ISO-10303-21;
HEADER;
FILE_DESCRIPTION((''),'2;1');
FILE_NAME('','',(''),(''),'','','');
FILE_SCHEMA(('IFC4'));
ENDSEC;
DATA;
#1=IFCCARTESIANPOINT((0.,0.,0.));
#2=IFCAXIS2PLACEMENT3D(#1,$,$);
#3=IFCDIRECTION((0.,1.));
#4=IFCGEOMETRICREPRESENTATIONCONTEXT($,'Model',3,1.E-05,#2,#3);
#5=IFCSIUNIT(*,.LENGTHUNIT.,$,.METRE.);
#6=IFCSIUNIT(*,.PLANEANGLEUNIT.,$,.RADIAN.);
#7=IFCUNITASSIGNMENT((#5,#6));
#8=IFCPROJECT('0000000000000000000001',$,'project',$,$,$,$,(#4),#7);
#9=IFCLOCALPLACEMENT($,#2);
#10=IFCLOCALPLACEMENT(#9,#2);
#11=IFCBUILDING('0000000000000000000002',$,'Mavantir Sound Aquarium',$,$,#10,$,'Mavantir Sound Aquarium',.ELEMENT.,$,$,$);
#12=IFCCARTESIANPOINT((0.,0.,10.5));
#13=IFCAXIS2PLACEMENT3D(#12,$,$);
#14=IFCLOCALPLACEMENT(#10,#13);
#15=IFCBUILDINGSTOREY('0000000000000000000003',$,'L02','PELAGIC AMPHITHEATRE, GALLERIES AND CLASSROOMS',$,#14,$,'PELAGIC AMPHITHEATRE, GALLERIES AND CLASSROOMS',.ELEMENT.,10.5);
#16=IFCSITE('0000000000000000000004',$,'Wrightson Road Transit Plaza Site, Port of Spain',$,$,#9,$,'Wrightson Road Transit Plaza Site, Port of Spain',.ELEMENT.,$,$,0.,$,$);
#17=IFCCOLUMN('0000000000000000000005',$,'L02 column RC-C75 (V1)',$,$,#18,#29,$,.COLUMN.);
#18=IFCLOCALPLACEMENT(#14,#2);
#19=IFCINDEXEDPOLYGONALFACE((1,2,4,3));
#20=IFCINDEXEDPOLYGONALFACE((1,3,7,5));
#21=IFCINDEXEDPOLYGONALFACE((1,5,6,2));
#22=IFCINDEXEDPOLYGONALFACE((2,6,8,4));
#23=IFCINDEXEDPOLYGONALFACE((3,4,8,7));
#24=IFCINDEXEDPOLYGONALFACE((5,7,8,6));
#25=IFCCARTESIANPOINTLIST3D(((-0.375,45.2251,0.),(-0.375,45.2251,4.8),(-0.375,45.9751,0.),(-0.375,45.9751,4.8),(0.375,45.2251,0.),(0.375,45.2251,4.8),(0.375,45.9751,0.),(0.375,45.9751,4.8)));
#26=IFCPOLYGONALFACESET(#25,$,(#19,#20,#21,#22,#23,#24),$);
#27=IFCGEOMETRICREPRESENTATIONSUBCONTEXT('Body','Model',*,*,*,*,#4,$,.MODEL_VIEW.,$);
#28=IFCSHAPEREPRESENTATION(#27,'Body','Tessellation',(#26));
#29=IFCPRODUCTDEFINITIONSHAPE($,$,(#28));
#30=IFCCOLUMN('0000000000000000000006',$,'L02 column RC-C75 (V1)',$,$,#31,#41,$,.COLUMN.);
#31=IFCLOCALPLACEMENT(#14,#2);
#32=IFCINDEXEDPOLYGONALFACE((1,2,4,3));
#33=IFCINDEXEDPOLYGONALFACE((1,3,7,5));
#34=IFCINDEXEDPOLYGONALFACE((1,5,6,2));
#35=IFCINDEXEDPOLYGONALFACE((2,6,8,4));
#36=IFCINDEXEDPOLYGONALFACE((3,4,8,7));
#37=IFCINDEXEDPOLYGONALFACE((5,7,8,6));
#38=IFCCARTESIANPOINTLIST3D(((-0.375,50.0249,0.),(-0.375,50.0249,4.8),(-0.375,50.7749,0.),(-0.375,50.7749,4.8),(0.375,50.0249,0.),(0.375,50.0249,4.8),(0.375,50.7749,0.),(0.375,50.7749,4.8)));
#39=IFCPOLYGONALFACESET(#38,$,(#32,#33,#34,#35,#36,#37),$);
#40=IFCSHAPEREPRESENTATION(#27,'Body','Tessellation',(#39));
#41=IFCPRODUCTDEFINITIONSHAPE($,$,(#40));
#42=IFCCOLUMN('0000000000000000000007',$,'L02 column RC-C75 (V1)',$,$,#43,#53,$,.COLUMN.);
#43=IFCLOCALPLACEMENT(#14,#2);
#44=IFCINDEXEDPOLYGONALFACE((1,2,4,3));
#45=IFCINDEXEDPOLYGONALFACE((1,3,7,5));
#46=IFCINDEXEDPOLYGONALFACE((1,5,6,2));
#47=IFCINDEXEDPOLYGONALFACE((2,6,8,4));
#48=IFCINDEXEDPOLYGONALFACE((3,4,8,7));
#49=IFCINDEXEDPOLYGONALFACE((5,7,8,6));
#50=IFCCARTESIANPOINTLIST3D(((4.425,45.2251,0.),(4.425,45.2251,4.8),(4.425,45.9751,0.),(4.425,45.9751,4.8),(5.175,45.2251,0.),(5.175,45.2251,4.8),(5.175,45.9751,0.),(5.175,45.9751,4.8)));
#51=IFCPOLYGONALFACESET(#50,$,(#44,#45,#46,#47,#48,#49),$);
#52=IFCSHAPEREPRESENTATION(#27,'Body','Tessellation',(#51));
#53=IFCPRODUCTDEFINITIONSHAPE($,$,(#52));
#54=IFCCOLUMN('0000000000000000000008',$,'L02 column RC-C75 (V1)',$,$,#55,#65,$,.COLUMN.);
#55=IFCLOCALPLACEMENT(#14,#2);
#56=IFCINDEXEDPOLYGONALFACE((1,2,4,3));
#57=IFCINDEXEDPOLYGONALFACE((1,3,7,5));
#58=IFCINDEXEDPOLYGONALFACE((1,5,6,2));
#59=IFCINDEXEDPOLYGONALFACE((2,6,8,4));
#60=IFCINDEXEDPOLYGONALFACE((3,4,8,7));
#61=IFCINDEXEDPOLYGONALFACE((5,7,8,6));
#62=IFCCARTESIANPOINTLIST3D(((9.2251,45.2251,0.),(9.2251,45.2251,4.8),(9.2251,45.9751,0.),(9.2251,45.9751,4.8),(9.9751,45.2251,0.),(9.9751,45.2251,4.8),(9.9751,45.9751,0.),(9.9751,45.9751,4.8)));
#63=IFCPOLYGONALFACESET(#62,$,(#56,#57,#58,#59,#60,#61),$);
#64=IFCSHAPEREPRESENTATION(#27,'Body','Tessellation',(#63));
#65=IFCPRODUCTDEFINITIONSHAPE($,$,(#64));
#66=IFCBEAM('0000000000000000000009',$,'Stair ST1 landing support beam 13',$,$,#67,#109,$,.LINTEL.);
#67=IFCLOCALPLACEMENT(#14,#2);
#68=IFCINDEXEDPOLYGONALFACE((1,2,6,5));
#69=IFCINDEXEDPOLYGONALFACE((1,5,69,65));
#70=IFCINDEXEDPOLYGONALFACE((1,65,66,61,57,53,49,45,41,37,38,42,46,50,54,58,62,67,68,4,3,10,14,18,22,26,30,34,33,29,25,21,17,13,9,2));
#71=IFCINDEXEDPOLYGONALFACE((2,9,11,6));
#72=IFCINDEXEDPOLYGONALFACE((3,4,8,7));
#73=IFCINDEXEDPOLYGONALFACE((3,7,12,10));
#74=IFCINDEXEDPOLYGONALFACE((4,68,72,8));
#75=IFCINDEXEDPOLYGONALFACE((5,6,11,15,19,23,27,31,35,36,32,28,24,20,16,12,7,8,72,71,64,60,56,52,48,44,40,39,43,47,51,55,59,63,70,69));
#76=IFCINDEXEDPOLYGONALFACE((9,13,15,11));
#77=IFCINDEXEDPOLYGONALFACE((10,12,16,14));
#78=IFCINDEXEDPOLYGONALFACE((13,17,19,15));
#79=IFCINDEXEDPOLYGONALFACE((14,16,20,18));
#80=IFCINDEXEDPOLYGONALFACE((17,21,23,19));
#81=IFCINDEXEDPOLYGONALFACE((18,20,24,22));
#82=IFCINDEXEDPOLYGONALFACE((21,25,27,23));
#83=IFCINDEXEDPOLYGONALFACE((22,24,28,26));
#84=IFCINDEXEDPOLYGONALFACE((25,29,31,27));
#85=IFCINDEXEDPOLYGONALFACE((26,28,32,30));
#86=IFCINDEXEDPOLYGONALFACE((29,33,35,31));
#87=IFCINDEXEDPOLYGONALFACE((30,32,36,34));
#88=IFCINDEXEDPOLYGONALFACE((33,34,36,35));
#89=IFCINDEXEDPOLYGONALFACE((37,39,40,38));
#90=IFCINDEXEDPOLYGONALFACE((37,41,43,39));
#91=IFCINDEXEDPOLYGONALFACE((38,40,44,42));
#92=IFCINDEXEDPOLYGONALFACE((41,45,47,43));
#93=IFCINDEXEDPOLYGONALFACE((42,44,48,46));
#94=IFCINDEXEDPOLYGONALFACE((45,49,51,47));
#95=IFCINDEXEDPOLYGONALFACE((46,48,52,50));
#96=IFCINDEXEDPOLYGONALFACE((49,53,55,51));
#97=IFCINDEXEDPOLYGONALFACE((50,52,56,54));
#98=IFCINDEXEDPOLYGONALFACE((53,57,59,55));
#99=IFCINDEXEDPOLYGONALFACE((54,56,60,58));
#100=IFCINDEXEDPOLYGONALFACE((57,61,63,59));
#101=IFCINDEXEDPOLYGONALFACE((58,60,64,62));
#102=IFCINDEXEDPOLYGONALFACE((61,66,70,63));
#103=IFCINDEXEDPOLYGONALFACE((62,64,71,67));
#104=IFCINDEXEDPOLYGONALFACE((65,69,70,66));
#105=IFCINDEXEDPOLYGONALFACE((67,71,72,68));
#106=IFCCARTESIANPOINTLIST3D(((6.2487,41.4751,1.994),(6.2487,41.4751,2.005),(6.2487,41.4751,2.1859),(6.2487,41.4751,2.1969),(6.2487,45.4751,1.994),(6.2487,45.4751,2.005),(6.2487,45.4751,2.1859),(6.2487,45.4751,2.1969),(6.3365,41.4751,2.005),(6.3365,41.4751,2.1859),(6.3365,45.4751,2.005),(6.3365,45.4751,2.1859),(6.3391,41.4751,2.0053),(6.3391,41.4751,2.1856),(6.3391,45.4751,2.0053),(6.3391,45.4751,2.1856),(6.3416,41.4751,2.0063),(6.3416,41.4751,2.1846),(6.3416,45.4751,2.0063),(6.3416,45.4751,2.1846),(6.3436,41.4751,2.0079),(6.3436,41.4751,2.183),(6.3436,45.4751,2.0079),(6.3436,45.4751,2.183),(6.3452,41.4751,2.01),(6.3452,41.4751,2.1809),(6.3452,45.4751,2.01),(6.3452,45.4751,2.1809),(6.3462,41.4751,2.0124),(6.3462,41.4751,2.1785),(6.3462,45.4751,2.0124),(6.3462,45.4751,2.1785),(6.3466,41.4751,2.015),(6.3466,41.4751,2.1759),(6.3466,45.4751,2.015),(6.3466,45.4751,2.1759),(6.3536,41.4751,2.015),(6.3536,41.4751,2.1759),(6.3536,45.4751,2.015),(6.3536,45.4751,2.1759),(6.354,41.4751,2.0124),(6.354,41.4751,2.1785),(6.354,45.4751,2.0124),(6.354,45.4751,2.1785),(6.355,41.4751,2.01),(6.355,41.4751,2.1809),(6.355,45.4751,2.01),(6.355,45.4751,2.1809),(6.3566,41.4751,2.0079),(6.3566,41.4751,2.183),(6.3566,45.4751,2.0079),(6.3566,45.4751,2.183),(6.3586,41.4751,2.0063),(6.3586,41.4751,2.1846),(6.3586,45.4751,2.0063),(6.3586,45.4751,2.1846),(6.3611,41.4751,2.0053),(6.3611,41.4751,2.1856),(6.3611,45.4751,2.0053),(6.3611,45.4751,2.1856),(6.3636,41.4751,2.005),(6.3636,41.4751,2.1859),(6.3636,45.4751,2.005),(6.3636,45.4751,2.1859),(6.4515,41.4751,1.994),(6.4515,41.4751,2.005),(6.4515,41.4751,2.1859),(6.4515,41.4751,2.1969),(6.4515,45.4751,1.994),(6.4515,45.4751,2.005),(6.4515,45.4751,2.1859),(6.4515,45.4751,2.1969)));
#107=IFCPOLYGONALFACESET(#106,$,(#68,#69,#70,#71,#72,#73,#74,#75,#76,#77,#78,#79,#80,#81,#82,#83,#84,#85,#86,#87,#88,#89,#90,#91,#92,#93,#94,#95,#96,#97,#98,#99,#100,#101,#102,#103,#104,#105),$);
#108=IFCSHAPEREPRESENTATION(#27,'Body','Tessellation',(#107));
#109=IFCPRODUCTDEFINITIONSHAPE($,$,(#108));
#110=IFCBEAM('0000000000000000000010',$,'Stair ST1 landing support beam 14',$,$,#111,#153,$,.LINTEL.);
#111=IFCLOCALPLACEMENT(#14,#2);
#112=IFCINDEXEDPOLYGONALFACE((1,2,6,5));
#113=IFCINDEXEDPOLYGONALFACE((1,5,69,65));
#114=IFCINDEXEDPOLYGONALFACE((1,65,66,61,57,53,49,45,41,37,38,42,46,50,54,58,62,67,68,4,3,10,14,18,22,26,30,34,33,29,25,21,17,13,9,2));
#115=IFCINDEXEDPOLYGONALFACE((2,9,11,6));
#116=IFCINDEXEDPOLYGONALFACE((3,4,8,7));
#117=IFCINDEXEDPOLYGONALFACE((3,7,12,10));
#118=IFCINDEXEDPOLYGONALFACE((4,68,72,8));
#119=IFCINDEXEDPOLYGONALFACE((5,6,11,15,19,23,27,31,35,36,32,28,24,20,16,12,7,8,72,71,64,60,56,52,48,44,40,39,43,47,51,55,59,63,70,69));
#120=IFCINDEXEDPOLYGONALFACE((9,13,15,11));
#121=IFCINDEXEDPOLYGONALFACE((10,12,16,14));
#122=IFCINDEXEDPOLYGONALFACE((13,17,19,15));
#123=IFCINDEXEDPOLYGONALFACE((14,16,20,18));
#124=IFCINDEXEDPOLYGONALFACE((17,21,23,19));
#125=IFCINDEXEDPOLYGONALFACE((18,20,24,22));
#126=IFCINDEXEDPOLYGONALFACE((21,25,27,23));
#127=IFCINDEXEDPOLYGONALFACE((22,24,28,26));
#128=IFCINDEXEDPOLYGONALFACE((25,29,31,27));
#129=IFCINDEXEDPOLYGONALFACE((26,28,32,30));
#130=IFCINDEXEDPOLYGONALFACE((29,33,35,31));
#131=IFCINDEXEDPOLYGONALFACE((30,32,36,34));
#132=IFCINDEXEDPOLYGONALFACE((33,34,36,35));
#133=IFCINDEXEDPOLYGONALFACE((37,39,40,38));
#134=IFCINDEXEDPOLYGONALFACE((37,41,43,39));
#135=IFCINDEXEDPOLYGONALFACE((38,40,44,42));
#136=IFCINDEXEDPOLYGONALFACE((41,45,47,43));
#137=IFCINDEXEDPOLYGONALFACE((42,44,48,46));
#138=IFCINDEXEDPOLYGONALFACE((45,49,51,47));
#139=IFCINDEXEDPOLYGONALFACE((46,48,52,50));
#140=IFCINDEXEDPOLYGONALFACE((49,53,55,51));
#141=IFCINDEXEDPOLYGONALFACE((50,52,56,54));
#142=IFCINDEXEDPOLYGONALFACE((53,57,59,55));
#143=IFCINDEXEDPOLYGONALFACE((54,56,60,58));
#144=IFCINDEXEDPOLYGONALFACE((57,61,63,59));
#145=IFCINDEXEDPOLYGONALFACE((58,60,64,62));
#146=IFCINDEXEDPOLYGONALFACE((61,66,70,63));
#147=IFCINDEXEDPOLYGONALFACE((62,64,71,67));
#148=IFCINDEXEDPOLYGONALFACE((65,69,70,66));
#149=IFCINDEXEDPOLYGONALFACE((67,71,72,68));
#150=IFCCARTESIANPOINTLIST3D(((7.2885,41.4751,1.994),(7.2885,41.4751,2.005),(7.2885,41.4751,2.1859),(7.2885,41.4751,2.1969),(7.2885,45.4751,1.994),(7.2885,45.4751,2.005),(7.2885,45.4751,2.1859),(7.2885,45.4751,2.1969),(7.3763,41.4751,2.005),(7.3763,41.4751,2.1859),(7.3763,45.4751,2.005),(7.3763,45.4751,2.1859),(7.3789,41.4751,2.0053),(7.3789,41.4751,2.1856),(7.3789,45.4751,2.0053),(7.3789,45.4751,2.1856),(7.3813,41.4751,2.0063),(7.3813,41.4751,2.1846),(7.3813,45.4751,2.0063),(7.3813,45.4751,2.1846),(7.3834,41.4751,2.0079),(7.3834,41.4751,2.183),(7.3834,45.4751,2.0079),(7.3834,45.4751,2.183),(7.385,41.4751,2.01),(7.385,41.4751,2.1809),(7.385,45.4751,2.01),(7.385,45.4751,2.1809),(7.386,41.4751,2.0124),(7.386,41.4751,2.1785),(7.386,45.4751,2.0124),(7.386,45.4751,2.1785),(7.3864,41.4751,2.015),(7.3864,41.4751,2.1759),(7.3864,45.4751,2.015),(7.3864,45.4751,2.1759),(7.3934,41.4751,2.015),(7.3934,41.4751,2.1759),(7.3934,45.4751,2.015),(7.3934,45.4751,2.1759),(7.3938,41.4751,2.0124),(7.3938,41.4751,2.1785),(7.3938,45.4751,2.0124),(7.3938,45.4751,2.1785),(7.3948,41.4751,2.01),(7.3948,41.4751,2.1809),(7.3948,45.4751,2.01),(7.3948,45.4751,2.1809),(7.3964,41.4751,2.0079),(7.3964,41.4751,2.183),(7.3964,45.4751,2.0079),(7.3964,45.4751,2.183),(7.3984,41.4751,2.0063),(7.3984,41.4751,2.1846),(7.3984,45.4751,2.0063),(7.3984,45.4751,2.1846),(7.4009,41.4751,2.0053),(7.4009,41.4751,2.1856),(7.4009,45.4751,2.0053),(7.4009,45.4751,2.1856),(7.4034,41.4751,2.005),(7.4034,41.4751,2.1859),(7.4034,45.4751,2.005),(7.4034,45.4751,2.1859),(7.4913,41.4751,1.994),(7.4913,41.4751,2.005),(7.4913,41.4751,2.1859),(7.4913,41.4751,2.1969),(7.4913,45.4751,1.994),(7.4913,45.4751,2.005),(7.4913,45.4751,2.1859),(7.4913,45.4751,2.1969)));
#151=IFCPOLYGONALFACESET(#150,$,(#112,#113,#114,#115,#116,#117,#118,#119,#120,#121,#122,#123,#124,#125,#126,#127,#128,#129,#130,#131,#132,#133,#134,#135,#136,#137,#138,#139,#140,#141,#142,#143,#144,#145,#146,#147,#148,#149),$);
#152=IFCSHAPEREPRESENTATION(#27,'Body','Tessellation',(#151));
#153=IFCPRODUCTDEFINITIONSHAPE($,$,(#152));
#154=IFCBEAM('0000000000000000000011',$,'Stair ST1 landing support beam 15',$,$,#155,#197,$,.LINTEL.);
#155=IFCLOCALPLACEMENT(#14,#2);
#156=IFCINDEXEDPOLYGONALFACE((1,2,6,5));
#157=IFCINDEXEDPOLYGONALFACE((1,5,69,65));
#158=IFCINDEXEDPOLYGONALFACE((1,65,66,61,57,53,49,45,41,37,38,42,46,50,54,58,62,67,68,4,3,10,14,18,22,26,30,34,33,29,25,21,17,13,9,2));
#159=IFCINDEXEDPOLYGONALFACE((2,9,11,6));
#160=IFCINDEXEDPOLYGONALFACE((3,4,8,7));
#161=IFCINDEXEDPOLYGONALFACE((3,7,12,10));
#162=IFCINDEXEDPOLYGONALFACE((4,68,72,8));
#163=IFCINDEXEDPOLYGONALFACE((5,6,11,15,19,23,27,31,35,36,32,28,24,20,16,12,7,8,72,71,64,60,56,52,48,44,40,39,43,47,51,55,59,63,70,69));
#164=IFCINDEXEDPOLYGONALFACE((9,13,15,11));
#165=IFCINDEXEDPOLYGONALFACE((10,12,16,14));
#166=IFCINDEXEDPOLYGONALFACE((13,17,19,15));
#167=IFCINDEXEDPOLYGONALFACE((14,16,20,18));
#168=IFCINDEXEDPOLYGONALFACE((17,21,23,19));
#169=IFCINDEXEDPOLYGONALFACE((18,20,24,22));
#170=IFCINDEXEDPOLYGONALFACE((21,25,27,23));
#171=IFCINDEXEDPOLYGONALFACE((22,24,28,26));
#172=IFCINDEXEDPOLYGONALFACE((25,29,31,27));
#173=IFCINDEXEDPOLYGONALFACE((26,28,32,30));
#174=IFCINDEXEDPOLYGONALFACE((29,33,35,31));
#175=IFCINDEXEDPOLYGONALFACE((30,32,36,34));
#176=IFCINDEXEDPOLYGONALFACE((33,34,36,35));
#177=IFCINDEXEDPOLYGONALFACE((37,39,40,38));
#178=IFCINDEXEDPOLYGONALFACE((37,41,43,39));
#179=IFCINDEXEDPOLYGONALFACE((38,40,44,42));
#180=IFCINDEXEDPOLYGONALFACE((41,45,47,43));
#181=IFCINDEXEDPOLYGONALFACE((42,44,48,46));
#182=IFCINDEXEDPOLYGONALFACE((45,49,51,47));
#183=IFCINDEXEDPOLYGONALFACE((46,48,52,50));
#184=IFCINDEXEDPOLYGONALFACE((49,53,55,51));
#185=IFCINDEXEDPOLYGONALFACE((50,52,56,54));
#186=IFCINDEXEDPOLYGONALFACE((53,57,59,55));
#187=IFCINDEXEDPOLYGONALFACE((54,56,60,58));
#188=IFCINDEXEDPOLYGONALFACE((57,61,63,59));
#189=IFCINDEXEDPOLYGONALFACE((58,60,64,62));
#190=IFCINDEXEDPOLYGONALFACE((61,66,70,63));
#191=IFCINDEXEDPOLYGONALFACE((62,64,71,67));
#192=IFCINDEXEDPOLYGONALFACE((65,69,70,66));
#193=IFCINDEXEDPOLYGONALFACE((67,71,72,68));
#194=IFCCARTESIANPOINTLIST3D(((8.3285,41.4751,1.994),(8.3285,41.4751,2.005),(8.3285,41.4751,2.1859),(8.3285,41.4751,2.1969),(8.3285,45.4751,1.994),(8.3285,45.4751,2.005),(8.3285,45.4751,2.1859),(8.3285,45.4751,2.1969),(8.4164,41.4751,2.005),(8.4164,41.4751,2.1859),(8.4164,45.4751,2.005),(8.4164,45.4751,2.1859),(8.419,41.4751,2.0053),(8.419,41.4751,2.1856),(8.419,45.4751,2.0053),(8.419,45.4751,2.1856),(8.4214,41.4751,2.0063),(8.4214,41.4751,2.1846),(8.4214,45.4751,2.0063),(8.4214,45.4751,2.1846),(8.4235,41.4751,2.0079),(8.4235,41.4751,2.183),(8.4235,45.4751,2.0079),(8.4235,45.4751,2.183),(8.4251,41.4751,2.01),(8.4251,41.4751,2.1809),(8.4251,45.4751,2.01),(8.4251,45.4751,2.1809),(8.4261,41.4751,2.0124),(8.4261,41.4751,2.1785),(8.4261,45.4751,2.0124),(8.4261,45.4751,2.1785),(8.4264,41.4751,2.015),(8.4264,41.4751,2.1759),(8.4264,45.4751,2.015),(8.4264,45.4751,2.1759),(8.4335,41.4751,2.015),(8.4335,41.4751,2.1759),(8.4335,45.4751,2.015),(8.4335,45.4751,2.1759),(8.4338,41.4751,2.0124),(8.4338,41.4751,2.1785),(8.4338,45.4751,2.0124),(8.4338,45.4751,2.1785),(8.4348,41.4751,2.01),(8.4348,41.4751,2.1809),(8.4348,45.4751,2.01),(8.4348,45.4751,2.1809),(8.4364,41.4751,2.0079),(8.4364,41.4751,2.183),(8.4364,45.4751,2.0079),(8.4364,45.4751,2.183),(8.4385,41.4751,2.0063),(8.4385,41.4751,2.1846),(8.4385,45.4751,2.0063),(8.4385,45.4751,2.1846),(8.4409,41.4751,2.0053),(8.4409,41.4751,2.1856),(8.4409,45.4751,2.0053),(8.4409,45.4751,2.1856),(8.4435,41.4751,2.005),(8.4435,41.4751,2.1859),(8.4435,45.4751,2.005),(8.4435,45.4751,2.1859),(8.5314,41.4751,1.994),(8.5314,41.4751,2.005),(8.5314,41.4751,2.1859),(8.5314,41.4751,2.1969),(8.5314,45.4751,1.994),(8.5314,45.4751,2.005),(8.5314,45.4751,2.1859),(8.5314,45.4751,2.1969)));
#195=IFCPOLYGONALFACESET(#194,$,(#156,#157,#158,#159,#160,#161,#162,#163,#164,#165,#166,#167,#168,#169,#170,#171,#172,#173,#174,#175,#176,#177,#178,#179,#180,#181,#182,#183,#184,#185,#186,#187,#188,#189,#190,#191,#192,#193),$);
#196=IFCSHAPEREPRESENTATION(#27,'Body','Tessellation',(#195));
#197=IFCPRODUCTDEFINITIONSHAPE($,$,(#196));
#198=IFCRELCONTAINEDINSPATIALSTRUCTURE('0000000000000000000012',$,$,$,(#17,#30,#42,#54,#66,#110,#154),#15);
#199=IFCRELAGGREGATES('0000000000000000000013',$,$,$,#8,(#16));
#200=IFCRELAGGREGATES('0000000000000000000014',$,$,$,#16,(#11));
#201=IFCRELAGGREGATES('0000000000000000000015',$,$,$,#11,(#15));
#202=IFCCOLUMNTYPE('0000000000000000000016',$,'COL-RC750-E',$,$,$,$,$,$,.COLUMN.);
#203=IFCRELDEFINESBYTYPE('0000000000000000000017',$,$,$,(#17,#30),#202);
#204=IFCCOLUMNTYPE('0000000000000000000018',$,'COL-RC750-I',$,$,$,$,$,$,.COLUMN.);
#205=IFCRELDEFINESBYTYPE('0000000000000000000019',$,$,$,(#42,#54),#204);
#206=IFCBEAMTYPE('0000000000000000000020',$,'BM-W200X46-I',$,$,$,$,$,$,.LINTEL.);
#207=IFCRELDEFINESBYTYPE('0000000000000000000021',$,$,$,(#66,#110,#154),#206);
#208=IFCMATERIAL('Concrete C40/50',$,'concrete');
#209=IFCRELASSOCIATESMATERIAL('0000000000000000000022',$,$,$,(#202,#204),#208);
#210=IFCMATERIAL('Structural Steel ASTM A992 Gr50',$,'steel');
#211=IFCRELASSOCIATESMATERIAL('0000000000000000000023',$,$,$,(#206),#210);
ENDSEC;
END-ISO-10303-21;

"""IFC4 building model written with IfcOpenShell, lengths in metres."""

from ifc_helpers import new_model, si_unit, direction, frame, origin, origin_2d, place, context, subcontext, project, spatial, rectangle, i_section, extrude, material, material_profile, profile_set, type_object, element, save


model = new_model("IFC4")

# Units and contexts
model_context = context("Model", 3, precision=1e-05, world=origin(), true_north=direction((0.0, 1.0)))
body_context = subcontext(model_context, "Body", "Model", "MODEL_VIEW")
ifc_project = project(units=[si_unit("LENGTHUNIT", "METRE"), si_unit("PLANEANGLEUNIT", "RADIAN")], contexts=[model_context])

# Site, building, storey
site_placement = place(None, origin())
site = spatial("IfcSite", under=ifc_project, at=site_placement, Name="Wrightson Road Transit Plaza Site, Port of Spain", LongName="Wrightson Road Transit Plaza Site, Port of Spain", CompositionType="ELEMENT", RefElevation=0.0)
building_placement = place(site_placement, origin())
building = spatial("IfcBuilding", under=site, at=building_placement, Name="Mavantir Sound Aquarium", LongName="Mavantir Sound Aquarium", CompositionType="ELEMENT")
storey_placement = place(building_placement, frame((0.0, 0.0, 10.5)))
storey = spatial("IfcBuildingStorey", under=building, at=storey_placement, Name="L02", Description="PELAGIC AMPHITHEATRE, GALLERIES AND CLASSROOMS", LongName="PELAGIC AMPHITHEATRE, GALLERIES AND CLASSROOMS", CompositionType="ELEMENT", Elevation=10.5)

# Columns
ifc_material_1 = material(Name="Concrete C40/50", Category="concrete")
ifc_material_profile_1 = material_profile(ifc_material_1, rectangle(XDim=0.75, YDim=0.75, at=origin_2d()), Name="RC 750X750")
ifc_profile_set_1 = profile_set([ifc_material_profile_1], Name="Concrete C40/50")
column_type_1 = type_object("IfcColumnType", Name="COL-RC750-E", PredefinedType="COLUMN", material=ifc_profile_set_1)
for number, where, z_axis, x_axis, name in (
    (1, (0.0, 45.6001, 0.0), (0.0, 0.0, 1.0), (1.0, 0.0, 0.0), "L02 column RC-C75 (V1)"),
    (2, (0.0, 50.3999, 0.0), (0.0, 0.0, 1.0), (1.0, 0.0, 0.0), "L02 column RC-C75 (V1)"),
):
    element("IfcColumn", number, at=place(storey_placement, frame(where, z_axis=z_axis, x_axis=x_axis)), inside=storey, type_object=column_type_1, Name=name, PredefinedType="COLUMN", context=body_context, shape_type="SweptSolid", body=[
        extrude(rectangle(XDim=0.75, YDim=0.75, at=origin_2d()), origin(), (0.0, 0.0, 1.0), 4.8),
    ])
ifc_material_profile_2 = material_profile(ifc_material_1, rectangle(XDim=0.75, YDim=0.75, at=origin_2d()), Name="RC 750X750")
ifc_profile_set_2 = profile_set([ifc_material_profile_2], Name="Concrete C40/50")
column_type_2 = type_object("IfcColumnType", Name="COL-RC750-I", PredefinedType="COLUMN", material=ifc_profile_set_2)
for number, where, z_axis, x_axis, name in (
    (3, (4.8, 45.6001, 0.0), (0.0, 0.0, 1.0), (1.0, 0.0, 0.0), "L02 column RC-C75 (V1)"),
    (4, (9.6001, 45.6001, 0.0), (0.0, 0.0, 1.0), (1.0, 0.0, 0.0), "L02 column RC-C75 (V1)"),
):
    element("IfcColumn", number, at=place(storey_placement, frame(where, z_axis=z_axis, x_axis=x_axis)), inside=storey, type_object=column_type_2, Name=name, PredefinedType="COLUMN", context=body_context, shape_type="SweptSolid", body=[
        extrude(rectangle(XDim=0.75, YDim=0.75, at=origin_2d()), origin(), (0.0, 0.0, 1.0), 4.8),
    ])

# Beams
ifc_material_2 = material(Name="Structural Steel ASTM A992 Gr50", Category="steel")
ifc_material_profile_3 = material_profile(ifc_material_2, i_section(OverallWidth=0.2029, OverallDepth=0.2029, WebThickness=0.0071, FlangeThickness=0.011, FilletRadius=0.01, at=origin_2d()), Name="W200X46")
ifc_profile_set_3 = profile_set([ifc_material_profile_3], Name="Structural Steel ASTM A992 Gr50")
beam_type_1 = type_object("IfcBeamType", Name="BM-W200X46-I", PredefinedType="LINTEL", material=ifc_profile_set_3)
for number, where, z_axis, x_axis, name in (
    (5, (6.3501, 41.4751, 2.0955), (0.0, 1.0, 0.0), (-1.0, 0.0, 0.0), "Stair ST1 landing support beam 13"),
    (6, (7.3899, 41.4751, 2.0955), (0.0, 1.0, 0.0), (-1.0, 0.0, 0.0), "Stair ST1 landing support beam 14"),
    (7, (8.4299, 41.4751, 2.0955), (0.0, 1.0, 0.0), (-1.0, 0.0, 0.0), "Stair ST1 landing support beam 15"),
):
    element("IfcBeam", number, at=place(storey_placement, frame(where, z_axis=z_axis, x_axis=x_axis)), inside=storey, type_object=beam_type_1, Name=name, PredefinedType="LINTEL", context=body_context, shape_type="SweptSolid", body=[
        extrude(i_section(OverallWidth=0.2029, OverallDepth=0.2029, WebThickness=0.0071, FlangeThickness=0.011, FilletRadius=0.01, at=origin_2d()), origin(), (0.0, 0.0, 1.0), 4.0),
    ])

save(model, "model.ifc")
